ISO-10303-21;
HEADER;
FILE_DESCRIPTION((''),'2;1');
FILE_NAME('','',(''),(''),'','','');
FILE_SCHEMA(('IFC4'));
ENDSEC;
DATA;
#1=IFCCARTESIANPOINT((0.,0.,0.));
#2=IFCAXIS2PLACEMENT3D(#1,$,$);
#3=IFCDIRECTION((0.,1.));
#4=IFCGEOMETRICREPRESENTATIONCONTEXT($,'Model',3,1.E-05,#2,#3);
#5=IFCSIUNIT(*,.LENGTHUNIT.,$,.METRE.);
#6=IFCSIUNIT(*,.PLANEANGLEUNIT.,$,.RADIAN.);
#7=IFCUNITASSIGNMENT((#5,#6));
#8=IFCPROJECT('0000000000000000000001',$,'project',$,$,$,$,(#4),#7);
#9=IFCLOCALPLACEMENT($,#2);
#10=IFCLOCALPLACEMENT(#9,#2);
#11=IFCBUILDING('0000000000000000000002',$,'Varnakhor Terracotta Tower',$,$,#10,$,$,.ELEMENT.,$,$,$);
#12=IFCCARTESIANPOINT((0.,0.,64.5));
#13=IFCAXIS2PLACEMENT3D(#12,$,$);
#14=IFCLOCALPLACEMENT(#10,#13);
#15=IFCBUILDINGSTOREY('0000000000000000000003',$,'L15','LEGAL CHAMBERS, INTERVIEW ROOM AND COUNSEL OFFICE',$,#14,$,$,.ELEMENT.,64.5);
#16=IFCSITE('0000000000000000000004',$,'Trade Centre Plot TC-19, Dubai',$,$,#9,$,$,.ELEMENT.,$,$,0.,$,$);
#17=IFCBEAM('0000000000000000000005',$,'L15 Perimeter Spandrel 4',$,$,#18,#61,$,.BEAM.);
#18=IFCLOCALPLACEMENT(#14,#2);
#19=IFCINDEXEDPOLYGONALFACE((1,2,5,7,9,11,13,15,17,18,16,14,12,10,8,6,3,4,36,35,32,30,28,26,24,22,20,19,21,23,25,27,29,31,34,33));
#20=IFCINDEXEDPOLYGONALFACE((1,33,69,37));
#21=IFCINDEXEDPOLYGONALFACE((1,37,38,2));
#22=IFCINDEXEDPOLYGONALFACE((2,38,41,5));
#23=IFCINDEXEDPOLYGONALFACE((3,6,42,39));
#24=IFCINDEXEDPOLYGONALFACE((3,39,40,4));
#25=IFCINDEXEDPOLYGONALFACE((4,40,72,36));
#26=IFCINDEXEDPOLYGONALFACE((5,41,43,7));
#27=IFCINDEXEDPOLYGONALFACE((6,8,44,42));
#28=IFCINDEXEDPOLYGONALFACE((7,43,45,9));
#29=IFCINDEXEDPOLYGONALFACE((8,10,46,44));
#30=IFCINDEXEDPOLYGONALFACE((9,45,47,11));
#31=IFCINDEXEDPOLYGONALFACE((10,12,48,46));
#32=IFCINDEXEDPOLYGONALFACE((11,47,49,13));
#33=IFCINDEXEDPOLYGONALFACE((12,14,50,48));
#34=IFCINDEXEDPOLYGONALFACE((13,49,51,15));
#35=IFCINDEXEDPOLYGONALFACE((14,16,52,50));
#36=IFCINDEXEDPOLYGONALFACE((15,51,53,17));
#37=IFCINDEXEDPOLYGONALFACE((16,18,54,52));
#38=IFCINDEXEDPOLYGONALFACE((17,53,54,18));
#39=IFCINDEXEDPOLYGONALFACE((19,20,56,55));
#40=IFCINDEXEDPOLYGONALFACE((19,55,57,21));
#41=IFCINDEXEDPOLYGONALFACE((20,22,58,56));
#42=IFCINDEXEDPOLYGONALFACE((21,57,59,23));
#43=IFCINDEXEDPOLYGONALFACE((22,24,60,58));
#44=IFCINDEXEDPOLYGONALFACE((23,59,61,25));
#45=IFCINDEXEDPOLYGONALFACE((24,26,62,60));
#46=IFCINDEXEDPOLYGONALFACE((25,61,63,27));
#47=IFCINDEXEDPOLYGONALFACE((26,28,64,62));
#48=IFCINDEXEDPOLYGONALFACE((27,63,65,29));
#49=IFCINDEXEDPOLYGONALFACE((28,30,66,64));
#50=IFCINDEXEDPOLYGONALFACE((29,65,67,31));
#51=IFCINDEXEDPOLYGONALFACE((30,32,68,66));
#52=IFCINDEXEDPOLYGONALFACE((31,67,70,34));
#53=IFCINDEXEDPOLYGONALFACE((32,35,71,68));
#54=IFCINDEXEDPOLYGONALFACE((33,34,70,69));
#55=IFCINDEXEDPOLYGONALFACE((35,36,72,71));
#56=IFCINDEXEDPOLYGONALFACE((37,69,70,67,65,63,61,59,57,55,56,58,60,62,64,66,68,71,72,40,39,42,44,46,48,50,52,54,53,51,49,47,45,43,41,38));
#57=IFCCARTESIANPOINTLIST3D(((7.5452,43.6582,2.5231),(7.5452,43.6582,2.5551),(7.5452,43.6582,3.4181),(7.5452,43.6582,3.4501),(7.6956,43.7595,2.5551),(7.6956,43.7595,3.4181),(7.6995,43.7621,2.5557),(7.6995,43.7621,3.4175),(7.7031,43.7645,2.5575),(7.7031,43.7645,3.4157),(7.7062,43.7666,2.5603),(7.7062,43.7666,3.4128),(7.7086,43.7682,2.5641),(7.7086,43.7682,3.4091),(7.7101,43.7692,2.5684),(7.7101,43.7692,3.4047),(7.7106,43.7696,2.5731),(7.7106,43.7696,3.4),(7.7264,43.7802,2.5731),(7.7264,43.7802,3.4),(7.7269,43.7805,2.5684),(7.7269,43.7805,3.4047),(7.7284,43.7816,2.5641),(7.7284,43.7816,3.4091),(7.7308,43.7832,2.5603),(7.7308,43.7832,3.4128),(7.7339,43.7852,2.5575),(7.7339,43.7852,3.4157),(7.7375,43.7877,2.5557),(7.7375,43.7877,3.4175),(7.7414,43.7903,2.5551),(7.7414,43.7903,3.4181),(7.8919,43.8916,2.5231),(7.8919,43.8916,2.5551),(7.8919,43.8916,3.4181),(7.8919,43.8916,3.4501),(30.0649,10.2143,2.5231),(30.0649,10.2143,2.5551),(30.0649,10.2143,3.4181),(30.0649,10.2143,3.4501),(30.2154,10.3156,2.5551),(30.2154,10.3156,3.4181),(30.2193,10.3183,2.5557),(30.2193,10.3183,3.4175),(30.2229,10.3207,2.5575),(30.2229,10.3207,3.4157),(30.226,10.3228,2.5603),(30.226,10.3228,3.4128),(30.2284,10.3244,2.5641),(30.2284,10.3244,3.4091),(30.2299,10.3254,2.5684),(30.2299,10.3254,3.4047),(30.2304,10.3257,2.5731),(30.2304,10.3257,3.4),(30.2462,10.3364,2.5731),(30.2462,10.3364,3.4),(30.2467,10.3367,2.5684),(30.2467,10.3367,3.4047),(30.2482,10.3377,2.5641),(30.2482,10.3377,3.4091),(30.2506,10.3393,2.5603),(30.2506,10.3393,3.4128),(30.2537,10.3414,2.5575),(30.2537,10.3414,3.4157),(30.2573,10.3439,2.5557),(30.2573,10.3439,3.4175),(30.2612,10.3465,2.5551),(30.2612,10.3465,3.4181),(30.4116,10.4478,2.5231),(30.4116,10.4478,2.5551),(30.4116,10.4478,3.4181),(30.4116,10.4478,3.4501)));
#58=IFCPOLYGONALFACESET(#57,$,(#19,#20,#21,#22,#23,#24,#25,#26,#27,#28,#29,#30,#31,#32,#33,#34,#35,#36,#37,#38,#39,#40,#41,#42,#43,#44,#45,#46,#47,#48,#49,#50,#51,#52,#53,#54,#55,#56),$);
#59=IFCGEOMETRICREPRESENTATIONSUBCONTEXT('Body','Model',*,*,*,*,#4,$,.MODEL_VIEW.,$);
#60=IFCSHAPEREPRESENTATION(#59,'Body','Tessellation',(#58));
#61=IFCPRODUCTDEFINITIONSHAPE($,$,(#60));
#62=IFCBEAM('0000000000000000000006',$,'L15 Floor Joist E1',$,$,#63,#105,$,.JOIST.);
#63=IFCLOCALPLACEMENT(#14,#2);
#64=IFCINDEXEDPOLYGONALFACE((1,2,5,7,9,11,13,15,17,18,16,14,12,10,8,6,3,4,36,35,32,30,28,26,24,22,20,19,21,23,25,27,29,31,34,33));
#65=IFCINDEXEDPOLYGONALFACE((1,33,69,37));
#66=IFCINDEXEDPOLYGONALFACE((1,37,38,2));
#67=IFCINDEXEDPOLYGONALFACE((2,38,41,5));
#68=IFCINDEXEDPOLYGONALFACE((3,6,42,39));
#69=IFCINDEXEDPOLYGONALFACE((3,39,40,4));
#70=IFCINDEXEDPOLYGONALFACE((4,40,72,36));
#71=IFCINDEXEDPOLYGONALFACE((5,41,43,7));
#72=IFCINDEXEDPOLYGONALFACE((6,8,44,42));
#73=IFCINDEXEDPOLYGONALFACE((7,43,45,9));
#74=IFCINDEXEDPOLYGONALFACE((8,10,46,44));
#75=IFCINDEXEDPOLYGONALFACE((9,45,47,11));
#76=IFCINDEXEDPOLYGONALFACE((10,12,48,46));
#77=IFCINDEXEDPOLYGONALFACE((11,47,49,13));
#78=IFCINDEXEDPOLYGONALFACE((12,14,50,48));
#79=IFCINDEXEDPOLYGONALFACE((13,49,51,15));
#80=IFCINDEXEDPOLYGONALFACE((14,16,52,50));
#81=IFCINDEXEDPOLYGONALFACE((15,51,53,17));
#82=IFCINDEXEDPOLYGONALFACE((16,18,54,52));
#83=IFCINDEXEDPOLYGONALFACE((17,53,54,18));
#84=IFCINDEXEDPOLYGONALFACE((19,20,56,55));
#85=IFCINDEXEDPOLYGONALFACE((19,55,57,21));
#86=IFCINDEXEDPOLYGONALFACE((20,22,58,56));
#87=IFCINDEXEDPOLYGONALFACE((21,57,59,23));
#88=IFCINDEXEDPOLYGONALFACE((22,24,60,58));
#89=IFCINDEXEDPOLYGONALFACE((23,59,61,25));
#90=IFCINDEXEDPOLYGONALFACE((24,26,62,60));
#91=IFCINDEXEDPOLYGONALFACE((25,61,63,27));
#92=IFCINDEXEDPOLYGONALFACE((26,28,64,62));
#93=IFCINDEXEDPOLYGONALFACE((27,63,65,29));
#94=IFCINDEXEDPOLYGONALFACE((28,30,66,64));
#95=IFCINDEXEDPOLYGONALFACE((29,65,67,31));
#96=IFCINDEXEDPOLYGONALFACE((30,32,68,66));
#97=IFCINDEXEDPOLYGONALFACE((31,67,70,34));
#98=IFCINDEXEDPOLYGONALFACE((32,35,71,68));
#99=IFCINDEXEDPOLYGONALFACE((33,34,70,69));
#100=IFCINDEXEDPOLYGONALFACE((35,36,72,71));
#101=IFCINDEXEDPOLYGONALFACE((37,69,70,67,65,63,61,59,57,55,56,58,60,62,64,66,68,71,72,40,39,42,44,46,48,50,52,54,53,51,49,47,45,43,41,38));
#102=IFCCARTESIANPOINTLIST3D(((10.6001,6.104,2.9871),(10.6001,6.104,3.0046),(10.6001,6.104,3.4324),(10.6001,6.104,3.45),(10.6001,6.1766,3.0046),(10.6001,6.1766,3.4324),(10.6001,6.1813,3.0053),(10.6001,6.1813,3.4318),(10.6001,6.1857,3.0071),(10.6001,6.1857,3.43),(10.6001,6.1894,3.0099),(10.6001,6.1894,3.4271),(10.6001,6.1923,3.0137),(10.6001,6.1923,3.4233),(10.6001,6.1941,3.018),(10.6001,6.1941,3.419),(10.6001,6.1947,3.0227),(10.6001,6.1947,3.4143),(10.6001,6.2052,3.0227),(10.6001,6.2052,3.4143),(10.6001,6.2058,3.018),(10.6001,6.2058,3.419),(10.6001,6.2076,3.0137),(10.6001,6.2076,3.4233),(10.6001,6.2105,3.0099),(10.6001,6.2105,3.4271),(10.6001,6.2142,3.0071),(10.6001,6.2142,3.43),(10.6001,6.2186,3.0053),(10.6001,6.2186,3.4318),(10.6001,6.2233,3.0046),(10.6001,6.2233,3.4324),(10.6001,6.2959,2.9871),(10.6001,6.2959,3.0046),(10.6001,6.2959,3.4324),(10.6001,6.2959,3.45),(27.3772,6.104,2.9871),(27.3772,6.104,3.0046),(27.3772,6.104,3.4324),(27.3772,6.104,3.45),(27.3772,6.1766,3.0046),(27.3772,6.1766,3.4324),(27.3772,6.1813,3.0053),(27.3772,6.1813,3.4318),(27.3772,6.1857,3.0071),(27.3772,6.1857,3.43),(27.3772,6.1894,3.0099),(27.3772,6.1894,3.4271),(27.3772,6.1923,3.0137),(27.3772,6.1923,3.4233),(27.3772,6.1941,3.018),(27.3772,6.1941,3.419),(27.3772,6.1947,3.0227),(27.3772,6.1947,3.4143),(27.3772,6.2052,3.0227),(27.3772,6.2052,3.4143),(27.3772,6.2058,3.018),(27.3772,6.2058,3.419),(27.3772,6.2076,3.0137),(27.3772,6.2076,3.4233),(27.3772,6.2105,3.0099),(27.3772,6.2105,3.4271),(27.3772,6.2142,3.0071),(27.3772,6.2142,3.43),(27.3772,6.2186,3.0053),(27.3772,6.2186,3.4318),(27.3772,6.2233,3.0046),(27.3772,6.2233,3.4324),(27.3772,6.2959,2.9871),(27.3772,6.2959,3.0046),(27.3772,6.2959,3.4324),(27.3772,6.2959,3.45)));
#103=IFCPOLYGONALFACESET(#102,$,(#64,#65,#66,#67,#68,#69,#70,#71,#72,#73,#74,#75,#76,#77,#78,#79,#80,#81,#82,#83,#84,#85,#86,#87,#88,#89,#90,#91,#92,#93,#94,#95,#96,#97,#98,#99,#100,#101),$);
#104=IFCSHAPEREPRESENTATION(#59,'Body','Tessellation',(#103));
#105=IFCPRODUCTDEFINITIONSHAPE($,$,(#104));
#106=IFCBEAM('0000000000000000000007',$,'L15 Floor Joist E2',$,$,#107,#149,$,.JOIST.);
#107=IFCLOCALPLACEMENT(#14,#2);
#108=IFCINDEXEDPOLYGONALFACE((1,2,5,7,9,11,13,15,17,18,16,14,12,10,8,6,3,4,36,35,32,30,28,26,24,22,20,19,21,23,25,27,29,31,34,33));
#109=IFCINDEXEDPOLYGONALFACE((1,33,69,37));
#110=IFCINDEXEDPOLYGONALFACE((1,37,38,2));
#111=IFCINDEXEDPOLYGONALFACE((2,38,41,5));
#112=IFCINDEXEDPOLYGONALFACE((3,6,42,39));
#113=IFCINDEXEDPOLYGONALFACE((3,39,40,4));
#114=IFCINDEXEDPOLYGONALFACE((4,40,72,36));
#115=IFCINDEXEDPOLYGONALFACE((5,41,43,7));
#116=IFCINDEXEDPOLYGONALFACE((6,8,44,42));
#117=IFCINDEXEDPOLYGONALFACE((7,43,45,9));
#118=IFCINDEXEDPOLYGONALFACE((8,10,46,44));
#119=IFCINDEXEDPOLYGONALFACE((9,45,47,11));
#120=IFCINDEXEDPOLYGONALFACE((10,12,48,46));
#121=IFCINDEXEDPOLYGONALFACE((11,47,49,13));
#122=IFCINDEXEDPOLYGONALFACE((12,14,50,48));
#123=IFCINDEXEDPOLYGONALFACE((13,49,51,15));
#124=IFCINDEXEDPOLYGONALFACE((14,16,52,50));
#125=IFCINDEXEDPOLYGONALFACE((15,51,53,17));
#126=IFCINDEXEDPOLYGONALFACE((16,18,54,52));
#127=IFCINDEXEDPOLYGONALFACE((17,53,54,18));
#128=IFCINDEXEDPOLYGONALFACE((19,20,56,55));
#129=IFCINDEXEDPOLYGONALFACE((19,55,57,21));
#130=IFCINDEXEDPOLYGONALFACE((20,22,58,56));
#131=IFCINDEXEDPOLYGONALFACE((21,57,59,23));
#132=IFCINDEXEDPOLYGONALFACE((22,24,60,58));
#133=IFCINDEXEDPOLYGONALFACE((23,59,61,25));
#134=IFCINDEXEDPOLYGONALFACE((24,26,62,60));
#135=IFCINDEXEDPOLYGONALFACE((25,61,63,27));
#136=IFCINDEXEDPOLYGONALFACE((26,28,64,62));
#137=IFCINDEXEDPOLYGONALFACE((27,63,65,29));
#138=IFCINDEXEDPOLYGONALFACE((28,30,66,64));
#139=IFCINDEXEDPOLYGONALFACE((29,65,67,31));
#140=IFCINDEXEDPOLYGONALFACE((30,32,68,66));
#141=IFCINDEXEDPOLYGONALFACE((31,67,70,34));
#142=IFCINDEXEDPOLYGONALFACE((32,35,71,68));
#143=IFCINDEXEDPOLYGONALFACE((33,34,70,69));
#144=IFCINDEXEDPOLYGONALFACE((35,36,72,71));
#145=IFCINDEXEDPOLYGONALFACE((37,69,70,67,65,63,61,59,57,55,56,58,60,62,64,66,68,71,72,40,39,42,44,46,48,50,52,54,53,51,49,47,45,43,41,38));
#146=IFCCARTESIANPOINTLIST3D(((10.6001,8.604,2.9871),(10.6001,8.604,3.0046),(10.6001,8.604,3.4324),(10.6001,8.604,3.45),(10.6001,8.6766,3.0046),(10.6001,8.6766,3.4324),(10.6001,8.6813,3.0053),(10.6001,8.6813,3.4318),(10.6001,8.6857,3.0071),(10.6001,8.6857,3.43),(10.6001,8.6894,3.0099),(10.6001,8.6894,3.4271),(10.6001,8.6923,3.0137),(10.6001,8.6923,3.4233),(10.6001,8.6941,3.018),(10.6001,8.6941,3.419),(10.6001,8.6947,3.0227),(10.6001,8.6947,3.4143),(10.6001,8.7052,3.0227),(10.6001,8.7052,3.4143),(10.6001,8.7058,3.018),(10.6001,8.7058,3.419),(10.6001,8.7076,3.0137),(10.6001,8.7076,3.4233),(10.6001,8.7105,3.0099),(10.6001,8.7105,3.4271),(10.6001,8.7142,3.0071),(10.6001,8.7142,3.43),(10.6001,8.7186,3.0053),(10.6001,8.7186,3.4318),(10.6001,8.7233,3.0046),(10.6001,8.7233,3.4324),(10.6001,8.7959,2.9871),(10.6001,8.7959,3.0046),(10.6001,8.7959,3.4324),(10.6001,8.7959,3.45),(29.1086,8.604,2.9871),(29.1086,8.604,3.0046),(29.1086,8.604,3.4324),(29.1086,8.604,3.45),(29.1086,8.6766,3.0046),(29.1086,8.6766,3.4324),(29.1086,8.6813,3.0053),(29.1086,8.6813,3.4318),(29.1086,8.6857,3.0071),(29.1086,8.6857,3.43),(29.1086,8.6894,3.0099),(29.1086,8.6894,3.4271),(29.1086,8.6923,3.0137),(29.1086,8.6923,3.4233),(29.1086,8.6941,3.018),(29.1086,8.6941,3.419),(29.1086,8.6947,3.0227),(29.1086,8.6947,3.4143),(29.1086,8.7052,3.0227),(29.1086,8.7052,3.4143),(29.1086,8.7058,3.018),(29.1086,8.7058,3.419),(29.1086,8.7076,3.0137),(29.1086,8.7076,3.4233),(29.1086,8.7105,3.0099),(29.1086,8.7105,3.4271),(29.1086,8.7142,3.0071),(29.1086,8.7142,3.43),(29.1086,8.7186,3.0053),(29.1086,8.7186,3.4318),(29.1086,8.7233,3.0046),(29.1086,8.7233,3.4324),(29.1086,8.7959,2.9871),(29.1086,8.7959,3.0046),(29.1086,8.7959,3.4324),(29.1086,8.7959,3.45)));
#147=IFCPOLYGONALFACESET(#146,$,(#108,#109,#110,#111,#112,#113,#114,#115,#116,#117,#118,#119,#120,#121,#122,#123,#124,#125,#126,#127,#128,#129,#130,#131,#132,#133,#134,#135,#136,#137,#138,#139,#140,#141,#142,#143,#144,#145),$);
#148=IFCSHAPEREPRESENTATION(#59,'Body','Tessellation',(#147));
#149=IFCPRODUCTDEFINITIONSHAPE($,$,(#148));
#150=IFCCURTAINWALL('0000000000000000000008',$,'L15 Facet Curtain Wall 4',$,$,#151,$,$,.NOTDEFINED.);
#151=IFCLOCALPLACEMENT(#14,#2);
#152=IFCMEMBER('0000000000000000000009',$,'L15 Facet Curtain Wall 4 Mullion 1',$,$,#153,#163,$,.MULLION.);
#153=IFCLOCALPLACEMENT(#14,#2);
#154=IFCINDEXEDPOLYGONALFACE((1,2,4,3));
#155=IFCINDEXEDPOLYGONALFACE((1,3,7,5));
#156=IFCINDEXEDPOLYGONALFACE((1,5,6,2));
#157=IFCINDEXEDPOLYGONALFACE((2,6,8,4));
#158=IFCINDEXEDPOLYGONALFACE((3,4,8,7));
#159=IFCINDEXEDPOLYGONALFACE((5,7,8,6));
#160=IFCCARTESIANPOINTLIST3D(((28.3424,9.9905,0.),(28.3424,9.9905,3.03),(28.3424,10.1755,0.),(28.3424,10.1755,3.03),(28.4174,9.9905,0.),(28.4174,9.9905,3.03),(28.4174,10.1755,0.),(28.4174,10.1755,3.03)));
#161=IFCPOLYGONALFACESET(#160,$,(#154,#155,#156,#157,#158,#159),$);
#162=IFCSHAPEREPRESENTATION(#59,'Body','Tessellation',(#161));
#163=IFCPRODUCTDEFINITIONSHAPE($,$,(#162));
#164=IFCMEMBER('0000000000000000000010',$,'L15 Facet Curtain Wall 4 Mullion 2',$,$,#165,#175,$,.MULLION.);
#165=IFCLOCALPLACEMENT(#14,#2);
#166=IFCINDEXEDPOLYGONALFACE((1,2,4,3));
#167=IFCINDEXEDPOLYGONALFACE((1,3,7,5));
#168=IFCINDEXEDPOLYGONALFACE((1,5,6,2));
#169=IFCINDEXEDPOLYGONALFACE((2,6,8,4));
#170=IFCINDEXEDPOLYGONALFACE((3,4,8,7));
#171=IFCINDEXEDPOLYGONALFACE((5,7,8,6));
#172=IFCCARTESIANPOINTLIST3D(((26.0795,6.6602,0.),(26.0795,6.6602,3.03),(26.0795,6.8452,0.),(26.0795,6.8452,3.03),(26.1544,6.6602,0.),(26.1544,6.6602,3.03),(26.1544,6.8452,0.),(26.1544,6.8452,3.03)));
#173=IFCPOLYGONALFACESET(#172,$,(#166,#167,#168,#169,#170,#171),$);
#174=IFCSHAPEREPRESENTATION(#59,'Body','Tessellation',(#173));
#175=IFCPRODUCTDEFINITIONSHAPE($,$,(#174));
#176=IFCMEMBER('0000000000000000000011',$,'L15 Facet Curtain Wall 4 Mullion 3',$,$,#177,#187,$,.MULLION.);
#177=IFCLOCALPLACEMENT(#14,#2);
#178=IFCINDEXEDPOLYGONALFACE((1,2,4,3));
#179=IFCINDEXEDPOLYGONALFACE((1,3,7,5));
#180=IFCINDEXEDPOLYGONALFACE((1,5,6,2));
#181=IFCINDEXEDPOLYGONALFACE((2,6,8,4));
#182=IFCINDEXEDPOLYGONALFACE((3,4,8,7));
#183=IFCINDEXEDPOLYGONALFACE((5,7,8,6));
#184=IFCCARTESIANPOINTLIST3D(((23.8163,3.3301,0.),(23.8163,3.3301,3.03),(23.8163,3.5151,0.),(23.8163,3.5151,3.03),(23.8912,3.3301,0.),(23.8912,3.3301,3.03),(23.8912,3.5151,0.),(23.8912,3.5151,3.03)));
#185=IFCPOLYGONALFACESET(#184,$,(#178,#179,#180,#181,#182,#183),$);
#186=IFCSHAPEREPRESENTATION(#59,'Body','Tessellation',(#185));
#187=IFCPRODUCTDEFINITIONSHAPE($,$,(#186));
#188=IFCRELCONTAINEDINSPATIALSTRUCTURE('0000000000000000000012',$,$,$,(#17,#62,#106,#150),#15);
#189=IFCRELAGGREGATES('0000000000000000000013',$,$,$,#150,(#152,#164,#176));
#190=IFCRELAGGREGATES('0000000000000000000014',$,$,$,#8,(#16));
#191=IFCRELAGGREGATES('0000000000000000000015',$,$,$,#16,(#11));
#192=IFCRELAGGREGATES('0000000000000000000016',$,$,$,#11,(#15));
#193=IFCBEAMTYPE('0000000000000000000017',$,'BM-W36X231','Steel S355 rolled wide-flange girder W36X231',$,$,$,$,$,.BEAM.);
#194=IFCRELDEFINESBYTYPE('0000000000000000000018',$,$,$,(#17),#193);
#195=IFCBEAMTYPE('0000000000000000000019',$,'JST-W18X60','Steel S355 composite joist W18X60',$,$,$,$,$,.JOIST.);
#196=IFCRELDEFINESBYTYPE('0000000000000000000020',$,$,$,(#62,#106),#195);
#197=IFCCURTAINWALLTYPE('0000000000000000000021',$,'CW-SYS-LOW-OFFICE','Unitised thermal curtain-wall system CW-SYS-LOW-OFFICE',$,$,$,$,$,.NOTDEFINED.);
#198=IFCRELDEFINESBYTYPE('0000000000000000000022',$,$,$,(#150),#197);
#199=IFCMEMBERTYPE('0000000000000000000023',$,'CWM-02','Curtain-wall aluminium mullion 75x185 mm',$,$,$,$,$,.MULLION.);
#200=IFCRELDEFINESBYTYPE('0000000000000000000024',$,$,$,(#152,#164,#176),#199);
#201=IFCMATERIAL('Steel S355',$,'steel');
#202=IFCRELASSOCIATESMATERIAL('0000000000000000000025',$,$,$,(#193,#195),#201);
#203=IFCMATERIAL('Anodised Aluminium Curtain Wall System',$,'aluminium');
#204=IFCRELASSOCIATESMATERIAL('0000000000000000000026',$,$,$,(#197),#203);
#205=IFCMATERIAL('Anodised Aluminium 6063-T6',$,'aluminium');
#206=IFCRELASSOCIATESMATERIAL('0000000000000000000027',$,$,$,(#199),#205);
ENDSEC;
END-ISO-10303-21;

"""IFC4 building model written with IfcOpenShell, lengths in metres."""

from ifc_helpers import new_model, si_unit, direction, frame, origin, origin_2d, place, context, subcontext, project, spatial, rectangle, i_section, extrude, source, transform, mapped, material, material_profile, profile_set, type_object, type_shapes, element, aggregate, save


model = new_model("IFC4")

# Units and contexts
model_context = context("Model", 3, precision=1e-05, world=origin(), true_north=direction((0.0, 1.0)))
body_context = subcontext(model_context, "Body", "Model", "MODEL_VIEW")
ifc_project = project(units=[si_unit("LENGTHUNIT", "METRE"), si_unit("PLANEANGLEUNIT", "RADIAN")], contexts=[model_context])

# Site, building, storey
site_placement = place(None, origin())
site = spatial("IfcSite", under=ifc_project, at=site_placement, Name="Trade Centre Plot TC-19, Dubai", CompositionType="ELEMENT", RefElevation=0.0)
building_placement = place(site_placement, origin())
building = spatial("IfcBuilding", under=site, at=building_placement, Name="Varnakhor Terracotta Tower", CompositionType="ELEMENT")
storey_placement = place(building_placement, frame((0.0, 0.0, 64.5)))
storey = spatial("IfcBuildingStorey", under=building, at=storey_placement, Name="L15", Description="LEGAL CHAMBERS, INTERVIEW ROOM AND COUNSEL OFFICE", CompositionType="ELEMENT", Elevation=64.5)

# Beams
ifc_material_1 = material(Name="Steel S355", Category="steel")
ifc_material_profile_1 = material_profile(ifc_material_1, i_section(OverallWidth=0.418, OverallDepth=0.927, WebThickness=0.019, FlangeThickness=0.032, FilletRadius=0.0181, at=origin_2d()), Name="W36X231")
ifc_profile_set_1 = profile_set([ifc_material_profile_1], Name="Steel S355")
beam_type_1 = type_object("IfcBeamType", Name="BM-W36X231", Description="Steel S355 rolled wide-flange girder W36X231", PredefinedType="BEAM", material=ifc_profile_set_1)
shared_shape_1 = source(origin(), body_context, "Body", "SweptSolid", [
    extrude(i_section(OverallWidth=0.418, OverallDepth=0.927, WebThickness=0.019, FlangeThickness=0.032, FilletRadius=0.0181, at=origin_2d()), origin(), (0.0, 0.0, 1.0), 40.3191),
])
beam_1_placement = place(storey_placement, frame((30.2383, 10.3311, 2.9866), z_axis=(-0.558538, 0.829479, 0.0), x_axis=(-0.829479, -0.558538, 0.0)))
element("IfcBeam", 1, at=beam_1_placement, inside=storey, type_object=beam_type_1, Name="L15 Perimeter Spandrel 4", PredefinedType="BEAM", context=body_context, shape_type="MappedRepresentation", body=[
    mapped(shared_shape_1, transform((0.0, 0.0, 0.0), scale=1.0)),
])
ifc_material_profile_2 = material_profile(ifc_material_1, i_section(OverallWidth=0.1919, OverallDepth=0.4629, WebThickness=0.0105, FlangeThickness=0.0176, FilletRadius=0.0181, at=origin_2d()), Name="W18X60")
ifc_profile_set_2 = profile_set([ifc_material_profile_2], Name="Steel S355")
beam_type_2 = type_object("IfcBeamType", Name="JST-W18X60", Description="Steel S355 composite joist W18X60", PredefinedType="JOIST", material=ifc_profile_set_2)
shared_shape_2 = source(origin(), body_context, "Body", "SweptSolid", [
    extrude(i_section(OverallWidth=0.1919, OverallDepth=0.4629, WebThickness=0.0105, FlangeThickness=0.0176, FilletRadius=0.0181, at=origin_2d()), origin(), (0.0, 0.0, 1.0), 16.7771),
])
beam_2_placement = place(storey_placement, frame((10.6001, 6.2, 3.2185), z_axis=(1.0, 0.0, 0.0), x_axis=(0.0, 1.0, 0.0)))
element("IfcBeam", 2, at=beam_2_placement, inside=storey, type_object=beam_type_2, Name="L15 Floor Joist E1", PredefinedType="JOIST", context=body_context, shape_type="MappedRepresentation", body=[
    mapped(shared_shape_2, transform((0.0, 0.0, 0.0), scale=1.0)),
])
shared_shape_3 = source(origin(), body_context, "Body", "SweptSolid", [
    extrude(i_section(OverallWidth=0.1919, OverallDepth=0.4629, WebThickness=0.0105, FlangeThickness=0.0176, FilletRadius=0.0181, at=origin_2d()), origin(), (0.0, 0.0, 1.0), 18.5085),
])
beam_3_placement = place(storey_placement, frame((10.6001, 8.7, 3.2185), z_axis=(1.0, 0.0, 0.0), x_axis=(0.0, 1.0, 0.0)))
element("IfcBeam", 3, at=beam_3_placement, inside=storey, type_object=beam_type_2, Name="L15 Floor Joist E2", PredefinedType="JOIST", context=body_context, shape_type="MappedRepresentation", body=[
    mapped(shared_shape_3, transform((0.0, 0.0, 0.0), scale=1.0)),
])

# Curtain wall, members
ifc_material_2 = material(Name="Anodised Aluminium Curtain Wall System", Category="aluminium")
curtain_wall_type = type_object("IfcCurtainWallType", Name="CW-SYS-LOW-OFFICE", Description="Unitised thermal curtain-wall system CW-SYS-LOW-OFFICE", PredefinedType="NOTDEFINED", material=ifc_material_2)
curtain_wall_1_placement = place(storey_placement, origin())
curtain_wall_1 = element("IfcCurtainWall", 4, at=curtain_wall_1_placement, inside=storey, type_object=curtain_wall_type, Name="L15 Facet Curtain Wall 4", PredefinedType="NOTDEFINED")
ifc_material_3 = material(Name="Anodised Aluminium 6063-T6", Category="aluminium")
ifc_material_profile_3 = material_profile(ifc_material_3, rectangle(XDim=0.075, YDim=0.1851, at=origin_2d()), Name="ALU MULLION 75x185")
ifc_profile_set_3 = profile_set([ifc_material_profile_3], Name="Anodised Aluminium 6063-T6")
member_type_1 = type_object("IfcMemberType", Name="CWM-02", Description="Curtain-wall aluminium mullion 75x185 mm", PredefinedType="MULLION", material=ifc_profile_set_3)
shared_shape_4 = source(origin(), body_context, "Body", "SweptSolid", [
    extrude(rectangle(XDim=0.075, YDim=0.1851, at=origin_2d()), origin(), (0.0, 0.0, 1.0), 3.03),
])
type_shapes(member_type_1, [shared_shape_4])
member_1_placement = place(storey_placement, frame((28.3799, 10.083, 0.0), z_axis=(0.0, 0.0, 1.0), x_axis=(1.0, 0.0, 0.0)))
member_1 = element("IfcMember", 5, at=member_1_placement, type_object=member_type_1, Name="L15 Facet Curtain Wall 4 Mullion 1", PredefinedType="MULLION", context=body_context, shape_type="MappedRepresentation", body=[
    mapped(shared_shape_4, transform((0.0, 0.0, 0.0), scale=1.0)),
])
member_2_placement = place(storey_placement, frame((26.1169, 6.7527, 0.0), z_axis=(0.0, 0.0, 1.0), x_axis=(1.0, 0.0, 0.0)))
member_2 = element("IfcMember", 6, at=member_2_placement, type_object=member_type_1, Name="L15 Facet Curtain Wall 4 Mullion 2", PredefinedType="MULLION", context=body_context, shape_type="MappedRepresentation", body=[
    mapped(shared_shape_4, transform((0.0, 0.0, 0.0), scale=1.0)),
])
member_3_placement = place(storey_placement, frame((23.8538, 3.4226, 0.0), z_axis=(0.0, 0.0, 1.0), x_axis=(1.0, 0.0, 0.0)))
member_3 = element("IfcMember", 7, at=member_3_placement, type_object=member_type_1, Name="L15 Facet Curtain Wall 4 Mullion 3", PredefinedType="MULLION", context=body_context, shape_type="MappedRepresentation", body=[
    mapped(shared_shape_4, transform((0.0, 0.0, 0.0), scale=1.0)),
])

aggregate(curtain_wall_1, [member_1, member_2, member_3])

save(model, "model.ifc")
